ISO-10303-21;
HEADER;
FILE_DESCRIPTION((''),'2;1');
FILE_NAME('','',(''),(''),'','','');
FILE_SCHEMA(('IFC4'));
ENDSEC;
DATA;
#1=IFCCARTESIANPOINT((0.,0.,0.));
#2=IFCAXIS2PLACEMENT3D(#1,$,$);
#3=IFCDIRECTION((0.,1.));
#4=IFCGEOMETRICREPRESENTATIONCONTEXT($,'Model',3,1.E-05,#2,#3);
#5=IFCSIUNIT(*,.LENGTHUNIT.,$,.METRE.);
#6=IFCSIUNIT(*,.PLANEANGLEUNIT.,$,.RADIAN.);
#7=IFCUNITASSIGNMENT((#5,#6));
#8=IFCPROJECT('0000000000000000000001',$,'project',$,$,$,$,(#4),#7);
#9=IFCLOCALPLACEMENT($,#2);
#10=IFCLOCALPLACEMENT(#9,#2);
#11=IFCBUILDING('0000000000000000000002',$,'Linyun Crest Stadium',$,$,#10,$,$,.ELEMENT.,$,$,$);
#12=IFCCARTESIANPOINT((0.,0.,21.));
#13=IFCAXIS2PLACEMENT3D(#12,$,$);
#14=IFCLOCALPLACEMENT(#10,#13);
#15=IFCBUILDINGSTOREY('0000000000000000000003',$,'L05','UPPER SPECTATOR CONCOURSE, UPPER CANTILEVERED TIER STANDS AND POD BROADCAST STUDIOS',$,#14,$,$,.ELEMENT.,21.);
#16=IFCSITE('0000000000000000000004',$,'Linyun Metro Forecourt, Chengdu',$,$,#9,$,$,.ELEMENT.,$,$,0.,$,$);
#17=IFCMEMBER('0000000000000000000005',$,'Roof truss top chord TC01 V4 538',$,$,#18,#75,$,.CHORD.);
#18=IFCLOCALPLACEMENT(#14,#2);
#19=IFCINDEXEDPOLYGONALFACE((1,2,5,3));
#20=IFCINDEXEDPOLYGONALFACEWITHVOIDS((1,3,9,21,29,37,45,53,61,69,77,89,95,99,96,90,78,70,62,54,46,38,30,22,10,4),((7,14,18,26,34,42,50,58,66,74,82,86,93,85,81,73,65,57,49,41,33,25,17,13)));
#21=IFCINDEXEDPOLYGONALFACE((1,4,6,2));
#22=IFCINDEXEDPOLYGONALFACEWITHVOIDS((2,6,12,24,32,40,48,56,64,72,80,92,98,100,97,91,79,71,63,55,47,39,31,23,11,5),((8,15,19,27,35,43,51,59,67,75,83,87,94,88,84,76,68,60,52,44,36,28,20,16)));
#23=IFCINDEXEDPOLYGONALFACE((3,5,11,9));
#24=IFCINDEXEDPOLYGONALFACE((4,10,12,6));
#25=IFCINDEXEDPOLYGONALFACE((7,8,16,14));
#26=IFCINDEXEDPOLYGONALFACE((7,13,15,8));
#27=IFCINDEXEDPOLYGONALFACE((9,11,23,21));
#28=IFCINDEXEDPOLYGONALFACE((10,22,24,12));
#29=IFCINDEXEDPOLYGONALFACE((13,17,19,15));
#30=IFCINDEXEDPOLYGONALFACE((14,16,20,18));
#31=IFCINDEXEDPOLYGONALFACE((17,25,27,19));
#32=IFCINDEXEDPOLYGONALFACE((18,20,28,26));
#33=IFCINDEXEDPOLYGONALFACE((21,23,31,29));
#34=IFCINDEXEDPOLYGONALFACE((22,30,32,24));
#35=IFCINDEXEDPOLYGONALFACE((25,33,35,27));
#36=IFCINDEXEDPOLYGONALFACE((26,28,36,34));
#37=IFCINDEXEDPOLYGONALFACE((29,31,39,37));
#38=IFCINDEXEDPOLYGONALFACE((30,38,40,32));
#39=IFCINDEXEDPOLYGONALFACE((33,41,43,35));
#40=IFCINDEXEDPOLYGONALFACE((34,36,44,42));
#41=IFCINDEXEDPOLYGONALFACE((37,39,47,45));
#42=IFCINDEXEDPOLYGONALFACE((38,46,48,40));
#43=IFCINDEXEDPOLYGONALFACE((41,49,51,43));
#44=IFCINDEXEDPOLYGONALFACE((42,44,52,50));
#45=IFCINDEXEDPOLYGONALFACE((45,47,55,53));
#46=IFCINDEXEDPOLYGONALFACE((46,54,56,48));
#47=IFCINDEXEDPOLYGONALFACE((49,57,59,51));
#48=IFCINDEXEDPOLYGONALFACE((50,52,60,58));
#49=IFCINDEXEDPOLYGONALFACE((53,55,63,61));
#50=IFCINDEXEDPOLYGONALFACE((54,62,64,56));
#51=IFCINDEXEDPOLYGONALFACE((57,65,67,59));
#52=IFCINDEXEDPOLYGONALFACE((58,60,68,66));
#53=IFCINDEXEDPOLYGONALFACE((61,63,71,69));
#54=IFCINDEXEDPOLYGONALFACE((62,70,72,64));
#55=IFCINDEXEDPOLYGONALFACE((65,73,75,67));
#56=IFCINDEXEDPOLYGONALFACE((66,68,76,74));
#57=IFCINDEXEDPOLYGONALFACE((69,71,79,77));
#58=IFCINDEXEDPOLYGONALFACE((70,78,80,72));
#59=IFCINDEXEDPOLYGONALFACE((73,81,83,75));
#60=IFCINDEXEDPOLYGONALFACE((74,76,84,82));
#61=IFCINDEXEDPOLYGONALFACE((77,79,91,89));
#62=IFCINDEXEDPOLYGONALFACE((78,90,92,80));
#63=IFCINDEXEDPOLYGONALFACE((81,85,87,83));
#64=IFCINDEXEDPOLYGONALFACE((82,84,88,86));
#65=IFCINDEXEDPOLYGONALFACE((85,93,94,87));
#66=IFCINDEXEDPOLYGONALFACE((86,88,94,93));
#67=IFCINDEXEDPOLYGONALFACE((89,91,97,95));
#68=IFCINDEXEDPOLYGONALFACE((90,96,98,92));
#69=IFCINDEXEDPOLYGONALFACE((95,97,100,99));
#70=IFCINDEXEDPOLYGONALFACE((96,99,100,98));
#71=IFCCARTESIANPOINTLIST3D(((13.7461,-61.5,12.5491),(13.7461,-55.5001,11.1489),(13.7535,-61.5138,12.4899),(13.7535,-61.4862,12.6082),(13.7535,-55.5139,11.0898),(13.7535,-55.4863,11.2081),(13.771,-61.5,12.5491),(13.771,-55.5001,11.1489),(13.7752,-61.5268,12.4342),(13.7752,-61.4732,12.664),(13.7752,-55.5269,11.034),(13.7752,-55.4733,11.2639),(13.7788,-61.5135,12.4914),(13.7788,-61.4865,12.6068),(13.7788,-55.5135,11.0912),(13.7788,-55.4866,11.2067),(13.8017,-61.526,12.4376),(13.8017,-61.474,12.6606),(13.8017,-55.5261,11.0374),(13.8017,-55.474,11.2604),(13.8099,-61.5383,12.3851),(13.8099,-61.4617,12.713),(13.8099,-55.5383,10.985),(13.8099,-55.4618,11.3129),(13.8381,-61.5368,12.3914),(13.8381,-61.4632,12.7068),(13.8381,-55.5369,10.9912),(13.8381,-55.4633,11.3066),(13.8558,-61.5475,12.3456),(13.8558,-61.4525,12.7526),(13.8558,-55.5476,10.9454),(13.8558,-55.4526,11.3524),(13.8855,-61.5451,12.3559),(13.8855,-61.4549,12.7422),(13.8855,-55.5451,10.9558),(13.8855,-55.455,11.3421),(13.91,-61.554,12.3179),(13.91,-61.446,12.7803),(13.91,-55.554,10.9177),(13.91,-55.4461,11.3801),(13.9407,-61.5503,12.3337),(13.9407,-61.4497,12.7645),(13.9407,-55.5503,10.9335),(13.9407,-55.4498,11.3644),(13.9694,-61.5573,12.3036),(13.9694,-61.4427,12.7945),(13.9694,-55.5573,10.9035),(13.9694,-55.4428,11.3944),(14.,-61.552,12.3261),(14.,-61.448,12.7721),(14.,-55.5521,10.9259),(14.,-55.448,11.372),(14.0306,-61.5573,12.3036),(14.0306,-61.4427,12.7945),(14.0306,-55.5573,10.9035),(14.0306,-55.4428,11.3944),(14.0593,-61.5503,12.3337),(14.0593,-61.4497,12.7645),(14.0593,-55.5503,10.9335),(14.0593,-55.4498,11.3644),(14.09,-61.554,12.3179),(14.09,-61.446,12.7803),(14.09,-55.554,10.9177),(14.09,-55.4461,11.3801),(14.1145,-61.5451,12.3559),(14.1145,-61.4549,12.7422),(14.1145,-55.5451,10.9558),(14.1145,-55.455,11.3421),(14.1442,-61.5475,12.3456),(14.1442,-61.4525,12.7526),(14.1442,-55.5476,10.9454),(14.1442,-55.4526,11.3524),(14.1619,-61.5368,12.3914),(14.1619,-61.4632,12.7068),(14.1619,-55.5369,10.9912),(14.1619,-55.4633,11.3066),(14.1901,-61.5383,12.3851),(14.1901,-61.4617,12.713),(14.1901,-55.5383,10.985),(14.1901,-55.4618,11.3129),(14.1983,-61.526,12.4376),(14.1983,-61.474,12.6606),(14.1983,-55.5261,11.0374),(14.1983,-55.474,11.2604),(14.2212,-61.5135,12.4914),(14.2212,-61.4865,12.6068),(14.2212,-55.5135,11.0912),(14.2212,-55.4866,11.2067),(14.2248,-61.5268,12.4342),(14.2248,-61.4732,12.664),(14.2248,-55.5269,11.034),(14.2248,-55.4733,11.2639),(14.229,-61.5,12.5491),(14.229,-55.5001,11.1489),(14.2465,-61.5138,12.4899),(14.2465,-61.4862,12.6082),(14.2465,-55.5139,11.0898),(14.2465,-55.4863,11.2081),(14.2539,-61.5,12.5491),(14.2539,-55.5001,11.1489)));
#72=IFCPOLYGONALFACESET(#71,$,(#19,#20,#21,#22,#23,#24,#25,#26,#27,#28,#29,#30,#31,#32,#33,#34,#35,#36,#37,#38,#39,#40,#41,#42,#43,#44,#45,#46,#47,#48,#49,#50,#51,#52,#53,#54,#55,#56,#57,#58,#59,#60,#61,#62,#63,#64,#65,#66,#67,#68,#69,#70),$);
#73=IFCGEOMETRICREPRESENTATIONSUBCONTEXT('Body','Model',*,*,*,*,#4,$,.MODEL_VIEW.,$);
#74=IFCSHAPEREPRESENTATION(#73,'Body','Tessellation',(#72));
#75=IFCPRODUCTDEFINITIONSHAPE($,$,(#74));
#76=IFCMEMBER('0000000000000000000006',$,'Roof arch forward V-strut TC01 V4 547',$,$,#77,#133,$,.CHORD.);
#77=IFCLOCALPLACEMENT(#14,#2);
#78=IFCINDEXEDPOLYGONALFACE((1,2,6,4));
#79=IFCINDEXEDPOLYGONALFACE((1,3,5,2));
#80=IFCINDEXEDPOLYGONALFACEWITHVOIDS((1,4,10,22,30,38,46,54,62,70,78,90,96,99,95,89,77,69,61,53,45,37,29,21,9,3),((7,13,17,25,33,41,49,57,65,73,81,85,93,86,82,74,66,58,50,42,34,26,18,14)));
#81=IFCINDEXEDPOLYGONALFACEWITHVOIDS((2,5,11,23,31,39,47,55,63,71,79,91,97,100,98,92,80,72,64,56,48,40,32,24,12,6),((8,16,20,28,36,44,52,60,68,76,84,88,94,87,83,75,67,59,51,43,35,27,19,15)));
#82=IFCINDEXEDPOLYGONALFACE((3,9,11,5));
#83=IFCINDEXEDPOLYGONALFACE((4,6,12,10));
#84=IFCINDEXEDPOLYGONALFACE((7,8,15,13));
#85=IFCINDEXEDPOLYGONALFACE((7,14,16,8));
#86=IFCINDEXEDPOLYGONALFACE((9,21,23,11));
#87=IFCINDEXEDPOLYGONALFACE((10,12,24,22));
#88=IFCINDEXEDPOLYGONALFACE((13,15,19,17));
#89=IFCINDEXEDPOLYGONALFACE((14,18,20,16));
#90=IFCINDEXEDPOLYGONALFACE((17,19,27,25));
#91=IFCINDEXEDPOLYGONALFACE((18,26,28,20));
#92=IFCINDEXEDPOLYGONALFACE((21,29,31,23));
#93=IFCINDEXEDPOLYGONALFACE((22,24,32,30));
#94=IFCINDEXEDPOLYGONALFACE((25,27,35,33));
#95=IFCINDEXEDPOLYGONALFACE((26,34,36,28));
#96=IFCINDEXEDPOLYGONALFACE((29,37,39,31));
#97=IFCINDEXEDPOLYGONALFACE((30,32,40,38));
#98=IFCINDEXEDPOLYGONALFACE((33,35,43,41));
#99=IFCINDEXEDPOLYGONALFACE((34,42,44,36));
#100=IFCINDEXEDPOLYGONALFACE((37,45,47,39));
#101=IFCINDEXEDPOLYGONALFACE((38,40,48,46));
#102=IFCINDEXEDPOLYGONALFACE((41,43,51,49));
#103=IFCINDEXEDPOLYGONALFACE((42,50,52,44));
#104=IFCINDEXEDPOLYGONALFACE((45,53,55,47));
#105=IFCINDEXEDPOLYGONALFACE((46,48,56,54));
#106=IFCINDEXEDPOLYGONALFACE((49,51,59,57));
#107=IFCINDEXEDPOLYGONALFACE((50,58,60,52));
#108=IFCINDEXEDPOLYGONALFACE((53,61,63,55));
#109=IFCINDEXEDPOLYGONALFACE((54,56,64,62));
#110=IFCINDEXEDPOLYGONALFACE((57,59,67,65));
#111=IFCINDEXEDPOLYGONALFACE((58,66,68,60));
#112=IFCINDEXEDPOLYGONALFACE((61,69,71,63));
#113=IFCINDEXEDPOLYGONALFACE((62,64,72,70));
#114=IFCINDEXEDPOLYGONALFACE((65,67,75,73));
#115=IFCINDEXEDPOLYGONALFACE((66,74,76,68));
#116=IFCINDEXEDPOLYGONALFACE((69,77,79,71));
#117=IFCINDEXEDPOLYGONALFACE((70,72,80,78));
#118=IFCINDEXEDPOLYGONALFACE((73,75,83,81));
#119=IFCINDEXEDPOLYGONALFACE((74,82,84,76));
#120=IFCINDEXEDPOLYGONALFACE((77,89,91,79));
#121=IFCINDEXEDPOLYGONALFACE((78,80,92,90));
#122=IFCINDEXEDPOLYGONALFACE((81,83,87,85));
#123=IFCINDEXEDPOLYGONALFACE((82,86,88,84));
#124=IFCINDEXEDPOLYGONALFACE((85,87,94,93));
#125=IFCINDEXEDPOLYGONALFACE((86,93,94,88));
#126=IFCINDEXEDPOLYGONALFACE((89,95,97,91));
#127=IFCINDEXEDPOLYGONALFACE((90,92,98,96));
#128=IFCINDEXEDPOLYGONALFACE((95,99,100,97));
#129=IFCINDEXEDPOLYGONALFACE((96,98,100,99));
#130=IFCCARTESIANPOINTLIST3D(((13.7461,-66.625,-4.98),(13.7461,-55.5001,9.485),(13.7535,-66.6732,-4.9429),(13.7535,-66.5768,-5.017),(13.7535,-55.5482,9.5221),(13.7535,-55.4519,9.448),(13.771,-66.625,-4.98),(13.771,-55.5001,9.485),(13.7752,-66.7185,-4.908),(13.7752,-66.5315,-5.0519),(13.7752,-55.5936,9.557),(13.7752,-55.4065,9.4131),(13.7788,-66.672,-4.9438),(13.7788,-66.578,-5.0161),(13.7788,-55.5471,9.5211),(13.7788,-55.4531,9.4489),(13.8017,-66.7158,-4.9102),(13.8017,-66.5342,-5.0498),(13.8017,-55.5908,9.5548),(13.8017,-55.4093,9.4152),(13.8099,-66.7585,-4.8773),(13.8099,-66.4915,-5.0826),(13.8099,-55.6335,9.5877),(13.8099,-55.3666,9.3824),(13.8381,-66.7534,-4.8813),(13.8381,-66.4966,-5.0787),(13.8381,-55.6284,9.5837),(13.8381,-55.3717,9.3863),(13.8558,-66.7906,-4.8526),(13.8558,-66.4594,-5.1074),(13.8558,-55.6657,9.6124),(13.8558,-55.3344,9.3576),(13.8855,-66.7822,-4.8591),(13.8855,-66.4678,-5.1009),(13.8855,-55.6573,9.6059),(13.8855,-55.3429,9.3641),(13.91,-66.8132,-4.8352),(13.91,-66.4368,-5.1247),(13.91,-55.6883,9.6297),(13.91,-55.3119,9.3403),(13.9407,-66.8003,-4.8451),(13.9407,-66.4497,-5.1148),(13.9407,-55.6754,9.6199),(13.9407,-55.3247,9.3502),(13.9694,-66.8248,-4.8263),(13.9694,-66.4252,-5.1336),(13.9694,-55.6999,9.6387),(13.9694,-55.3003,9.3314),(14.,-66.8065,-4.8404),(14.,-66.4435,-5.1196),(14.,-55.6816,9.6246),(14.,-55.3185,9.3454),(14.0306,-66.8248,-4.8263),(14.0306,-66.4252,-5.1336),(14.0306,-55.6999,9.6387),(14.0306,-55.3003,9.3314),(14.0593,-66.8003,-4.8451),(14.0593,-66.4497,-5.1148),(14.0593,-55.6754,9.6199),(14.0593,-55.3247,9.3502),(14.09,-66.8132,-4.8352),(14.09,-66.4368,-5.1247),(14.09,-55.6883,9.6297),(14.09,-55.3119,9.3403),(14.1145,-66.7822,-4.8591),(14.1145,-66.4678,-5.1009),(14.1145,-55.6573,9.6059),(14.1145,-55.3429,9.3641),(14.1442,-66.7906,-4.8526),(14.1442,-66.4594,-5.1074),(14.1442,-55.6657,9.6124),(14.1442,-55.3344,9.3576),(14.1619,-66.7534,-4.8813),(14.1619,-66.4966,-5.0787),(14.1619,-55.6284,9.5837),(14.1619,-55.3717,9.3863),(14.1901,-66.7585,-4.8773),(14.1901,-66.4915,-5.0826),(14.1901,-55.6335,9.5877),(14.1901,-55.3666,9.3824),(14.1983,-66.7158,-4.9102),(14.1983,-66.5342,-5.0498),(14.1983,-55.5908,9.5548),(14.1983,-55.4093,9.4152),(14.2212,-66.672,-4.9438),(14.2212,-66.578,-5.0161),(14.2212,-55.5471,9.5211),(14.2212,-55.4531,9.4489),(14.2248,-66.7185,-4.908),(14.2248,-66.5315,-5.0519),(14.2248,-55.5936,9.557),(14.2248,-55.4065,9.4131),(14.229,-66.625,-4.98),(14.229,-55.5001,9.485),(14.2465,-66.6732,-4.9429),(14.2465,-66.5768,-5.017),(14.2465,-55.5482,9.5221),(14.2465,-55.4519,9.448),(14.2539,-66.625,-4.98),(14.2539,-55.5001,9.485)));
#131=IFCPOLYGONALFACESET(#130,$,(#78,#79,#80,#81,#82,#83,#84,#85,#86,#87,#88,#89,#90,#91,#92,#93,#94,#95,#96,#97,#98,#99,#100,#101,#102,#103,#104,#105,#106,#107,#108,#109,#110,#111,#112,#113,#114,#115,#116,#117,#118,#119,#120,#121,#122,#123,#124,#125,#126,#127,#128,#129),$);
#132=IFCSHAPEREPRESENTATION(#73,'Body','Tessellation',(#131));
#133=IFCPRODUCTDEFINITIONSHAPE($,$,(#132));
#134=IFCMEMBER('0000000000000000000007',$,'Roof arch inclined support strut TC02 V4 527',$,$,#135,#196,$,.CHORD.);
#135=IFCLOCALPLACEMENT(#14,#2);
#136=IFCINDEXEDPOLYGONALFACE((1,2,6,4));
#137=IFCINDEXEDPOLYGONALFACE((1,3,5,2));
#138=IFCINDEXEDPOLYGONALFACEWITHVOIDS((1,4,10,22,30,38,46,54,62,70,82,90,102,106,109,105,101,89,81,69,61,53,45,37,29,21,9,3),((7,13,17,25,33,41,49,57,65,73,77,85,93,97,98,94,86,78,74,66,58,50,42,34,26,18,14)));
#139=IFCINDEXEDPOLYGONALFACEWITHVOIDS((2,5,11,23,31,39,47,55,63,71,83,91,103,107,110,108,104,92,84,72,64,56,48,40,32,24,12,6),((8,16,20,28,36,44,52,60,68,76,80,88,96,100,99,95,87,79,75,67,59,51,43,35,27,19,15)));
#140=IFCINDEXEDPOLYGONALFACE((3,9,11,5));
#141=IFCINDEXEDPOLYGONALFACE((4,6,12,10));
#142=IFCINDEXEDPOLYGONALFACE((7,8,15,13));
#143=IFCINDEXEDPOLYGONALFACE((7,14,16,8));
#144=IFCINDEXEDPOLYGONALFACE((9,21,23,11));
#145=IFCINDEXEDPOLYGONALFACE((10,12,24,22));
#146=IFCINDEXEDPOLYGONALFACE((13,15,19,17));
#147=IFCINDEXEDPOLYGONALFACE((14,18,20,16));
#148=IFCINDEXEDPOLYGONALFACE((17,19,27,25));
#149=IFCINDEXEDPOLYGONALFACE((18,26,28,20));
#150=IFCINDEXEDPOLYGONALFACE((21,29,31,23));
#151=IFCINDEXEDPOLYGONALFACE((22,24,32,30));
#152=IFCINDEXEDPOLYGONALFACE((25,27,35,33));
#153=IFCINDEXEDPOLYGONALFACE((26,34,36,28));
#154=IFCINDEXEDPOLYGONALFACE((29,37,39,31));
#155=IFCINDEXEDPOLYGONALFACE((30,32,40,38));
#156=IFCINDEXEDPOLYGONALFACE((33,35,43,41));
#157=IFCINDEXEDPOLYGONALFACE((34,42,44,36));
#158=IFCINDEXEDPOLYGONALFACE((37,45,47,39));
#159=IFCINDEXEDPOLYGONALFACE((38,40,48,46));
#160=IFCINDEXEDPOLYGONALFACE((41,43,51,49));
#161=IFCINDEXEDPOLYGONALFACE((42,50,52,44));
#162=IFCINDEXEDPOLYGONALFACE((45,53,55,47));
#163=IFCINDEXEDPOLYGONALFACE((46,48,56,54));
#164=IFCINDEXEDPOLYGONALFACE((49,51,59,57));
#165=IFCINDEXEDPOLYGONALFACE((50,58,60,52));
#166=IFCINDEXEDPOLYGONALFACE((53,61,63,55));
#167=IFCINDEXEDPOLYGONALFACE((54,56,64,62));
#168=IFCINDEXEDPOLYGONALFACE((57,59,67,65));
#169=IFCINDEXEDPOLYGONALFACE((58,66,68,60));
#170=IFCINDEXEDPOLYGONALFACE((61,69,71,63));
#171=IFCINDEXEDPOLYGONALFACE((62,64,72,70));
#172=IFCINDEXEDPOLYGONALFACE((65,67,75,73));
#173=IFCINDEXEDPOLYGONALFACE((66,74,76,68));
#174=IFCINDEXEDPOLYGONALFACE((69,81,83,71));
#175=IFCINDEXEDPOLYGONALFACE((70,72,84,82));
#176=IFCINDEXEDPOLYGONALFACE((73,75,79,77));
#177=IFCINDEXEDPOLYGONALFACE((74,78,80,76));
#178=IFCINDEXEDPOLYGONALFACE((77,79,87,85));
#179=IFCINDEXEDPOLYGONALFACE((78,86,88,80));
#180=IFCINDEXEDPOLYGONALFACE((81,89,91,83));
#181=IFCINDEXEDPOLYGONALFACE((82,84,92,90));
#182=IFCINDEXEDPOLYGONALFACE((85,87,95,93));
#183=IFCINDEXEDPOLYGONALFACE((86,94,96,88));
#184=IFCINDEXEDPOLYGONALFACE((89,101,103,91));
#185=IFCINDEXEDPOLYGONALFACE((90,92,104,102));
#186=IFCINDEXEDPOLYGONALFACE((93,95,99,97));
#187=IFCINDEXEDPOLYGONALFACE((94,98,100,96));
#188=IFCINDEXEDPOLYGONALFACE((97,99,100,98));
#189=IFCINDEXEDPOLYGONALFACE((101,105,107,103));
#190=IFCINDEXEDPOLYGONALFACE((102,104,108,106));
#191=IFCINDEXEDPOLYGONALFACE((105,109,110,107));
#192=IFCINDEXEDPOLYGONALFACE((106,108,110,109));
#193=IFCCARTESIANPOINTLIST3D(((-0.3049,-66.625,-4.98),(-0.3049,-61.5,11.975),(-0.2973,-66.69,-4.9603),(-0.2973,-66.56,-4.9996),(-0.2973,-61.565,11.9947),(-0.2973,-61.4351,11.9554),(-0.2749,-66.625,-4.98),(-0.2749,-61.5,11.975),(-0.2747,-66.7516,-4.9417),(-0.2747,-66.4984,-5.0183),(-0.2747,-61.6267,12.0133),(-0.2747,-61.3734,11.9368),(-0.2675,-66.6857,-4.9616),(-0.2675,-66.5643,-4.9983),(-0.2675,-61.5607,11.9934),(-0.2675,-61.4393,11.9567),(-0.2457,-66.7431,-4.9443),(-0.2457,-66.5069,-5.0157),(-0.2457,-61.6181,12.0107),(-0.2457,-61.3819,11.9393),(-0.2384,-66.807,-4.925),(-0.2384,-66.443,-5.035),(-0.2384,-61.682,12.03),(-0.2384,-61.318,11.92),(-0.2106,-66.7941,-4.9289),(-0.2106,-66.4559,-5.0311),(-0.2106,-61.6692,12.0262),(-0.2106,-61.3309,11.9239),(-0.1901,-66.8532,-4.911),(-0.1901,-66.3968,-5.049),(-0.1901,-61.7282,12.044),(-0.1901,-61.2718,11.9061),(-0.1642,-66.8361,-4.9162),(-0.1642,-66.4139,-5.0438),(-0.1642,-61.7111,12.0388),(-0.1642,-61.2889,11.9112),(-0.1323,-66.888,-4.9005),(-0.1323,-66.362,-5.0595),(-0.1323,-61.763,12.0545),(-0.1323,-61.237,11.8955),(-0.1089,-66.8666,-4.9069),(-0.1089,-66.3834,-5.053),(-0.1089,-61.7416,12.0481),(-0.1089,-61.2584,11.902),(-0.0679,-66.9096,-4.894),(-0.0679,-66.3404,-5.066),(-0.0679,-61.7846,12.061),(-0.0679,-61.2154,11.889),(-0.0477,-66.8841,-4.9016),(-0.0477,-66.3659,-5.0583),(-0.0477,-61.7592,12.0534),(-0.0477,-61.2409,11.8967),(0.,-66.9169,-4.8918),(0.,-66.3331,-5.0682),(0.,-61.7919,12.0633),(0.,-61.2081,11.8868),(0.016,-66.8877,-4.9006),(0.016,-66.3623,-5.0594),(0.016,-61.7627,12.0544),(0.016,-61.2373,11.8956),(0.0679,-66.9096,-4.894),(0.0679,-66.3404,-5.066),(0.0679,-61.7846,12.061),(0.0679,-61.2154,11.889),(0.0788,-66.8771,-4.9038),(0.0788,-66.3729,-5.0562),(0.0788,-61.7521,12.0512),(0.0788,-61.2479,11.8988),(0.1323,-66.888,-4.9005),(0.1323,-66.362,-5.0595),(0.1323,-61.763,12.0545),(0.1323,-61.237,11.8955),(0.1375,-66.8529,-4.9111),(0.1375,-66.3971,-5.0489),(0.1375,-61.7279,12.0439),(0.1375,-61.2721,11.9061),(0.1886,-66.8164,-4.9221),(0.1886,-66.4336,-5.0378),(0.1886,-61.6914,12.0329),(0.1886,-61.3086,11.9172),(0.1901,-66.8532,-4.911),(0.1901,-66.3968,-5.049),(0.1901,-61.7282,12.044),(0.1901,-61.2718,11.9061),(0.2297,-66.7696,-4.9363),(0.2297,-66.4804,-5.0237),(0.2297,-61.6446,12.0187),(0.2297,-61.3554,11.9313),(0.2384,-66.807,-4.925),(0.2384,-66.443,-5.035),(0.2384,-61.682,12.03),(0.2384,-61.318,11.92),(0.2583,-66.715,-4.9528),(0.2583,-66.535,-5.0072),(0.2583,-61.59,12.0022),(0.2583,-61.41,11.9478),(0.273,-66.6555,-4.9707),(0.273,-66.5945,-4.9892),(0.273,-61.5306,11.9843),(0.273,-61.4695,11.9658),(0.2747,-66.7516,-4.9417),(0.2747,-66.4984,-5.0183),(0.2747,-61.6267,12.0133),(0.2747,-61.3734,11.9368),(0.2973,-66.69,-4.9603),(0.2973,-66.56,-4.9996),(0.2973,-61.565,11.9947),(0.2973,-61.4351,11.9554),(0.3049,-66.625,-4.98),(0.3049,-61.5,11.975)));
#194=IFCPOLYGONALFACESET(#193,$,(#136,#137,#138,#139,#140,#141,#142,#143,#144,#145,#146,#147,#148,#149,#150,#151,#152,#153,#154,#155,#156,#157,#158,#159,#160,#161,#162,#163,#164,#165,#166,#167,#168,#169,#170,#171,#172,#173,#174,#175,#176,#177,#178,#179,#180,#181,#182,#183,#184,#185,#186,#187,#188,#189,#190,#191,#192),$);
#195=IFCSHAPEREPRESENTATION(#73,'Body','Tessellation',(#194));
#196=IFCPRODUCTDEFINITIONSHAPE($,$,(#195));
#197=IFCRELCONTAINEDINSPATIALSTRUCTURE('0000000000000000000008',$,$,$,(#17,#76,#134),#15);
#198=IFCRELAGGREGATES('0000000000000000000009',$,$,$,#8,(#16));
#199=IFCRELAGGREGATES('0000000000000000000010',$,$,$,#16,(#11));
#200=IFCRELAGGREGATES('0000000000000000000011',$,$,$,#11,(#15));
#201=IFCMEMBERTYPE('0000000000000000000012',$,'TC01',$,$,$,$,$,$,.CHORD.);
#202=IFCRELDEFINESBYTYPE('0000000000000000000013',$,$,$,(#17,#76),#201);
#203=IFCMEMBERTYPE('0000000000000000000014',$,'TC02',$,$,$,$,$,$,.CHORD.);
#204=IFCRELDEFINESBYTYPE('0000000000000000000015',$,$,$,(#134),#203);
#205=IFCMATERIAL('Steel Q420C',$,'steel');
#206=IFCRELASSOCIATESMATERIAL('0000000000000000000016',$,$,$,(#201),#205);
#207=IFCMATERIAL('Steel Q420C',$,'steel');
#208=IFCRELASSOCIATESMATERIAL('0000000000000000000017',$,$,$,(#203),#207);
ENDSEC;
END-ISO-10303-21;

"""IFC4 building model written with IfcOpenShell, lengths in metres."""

from ifc_helpers import new_model, si_unit, direction, frame, origin, origin_2d, place, context, subcontext, project, spatial, hollow_circle, extrude, material, material_profile, profile_set, type_object, element, save


model = new_model("IFC4")

# Units and contexts
model_context = context("Model", 3, precision=1e-05, world=origin(), true_north=direction((0.0, 1.0)))
body_context = subcontext(model_context, "Body", "Model", "MODEL_VIEW")
ifc_project = project(units=[si_unit("LENGTHUNIT", "METRE"), si_unit("PLANEANGLEUNIT", "RADIAN")], contexts=[model_context])

# Site, building, storey
site_placement = place(None, origin())
site = spatial("IfcSite", under=ifc_project, at=site_placement, Name="Linyun Metro Forecourt, Chengdu", CompositionType="ELEMENT", RefElevation=0.0)
building_placement = place(site_placement, origin())
building = spatial("IfcBuilding", under=site, at=building_placement, Name="Linyun Crest Stadium", CompositionType="ELEMENT")
storey_placement = place(building_placement, frame((0.0, 0.0, 21.0)))
storey = spatial("IfcBuildingStorey", under=building, at=storey_placement, Name="L05", Description="UPPER SPECTATOR CONCOURSE, UPPER CANTILEVERED TIER STANDS AND POD BROADCAST STUDIOS", CompositionType="ELEMENT", Elevation=21.0)

# Members
ifc_material_1 = material(Name="Steel Q420C", Category="steel")
ifc_material_profile_1 = material_profile(ifc_material_1, hollow_circle(Radius=0.2539, WallThickness=0.0249, at=origin_2d()), Name="CHS 508x25")
ifc_profile_set_1 = profile_set([ifc_material_profile_1], Name="Steel Q420C")
member_type_1 = type_object("IfcMemberType", Name="TC01", PredefinedType="CHORD", material=ifc_profile_set_1)
member_1_placement = place(storey_placement, frame((14.0, -61.5, 12.5491), z_axis=(0.0, 0.973836, -0.227252), x_axis=(-1.0, 0.0, 0.0)))
element("IfcMember", 1, at=member_1_placement, inside=storey, type_object=member_type_1, Name="Roof truss top chord TC01 V4 538", PredefinedType="CHORD", context=body_context, shape_type="SweptSolid", body=[
    extrude(hollow_circle(Radius=0.2539, WallThickness=0.0249, at=origin_2d()), origin(), (0.0, 0.0, 1.0), 6.1611),
])
member_2_placement = place(storey_placement, frame((14.0, -66.625, -4.98), z_axis=(0.0, 0.609642, 0.792677), x_axis=(-1.0, 0.0, 0.0)))
element("IfcMember", 2, at=member_2_placement, inside=storey, type_object=member_type_1, Name="Roof arch forward V-strut TC01 V4 547", PredefinedType="CHORD", context=body_context, shape_type="SweptSolid", body=[
    extrude(hollow_circle(Radius=0.2539, WallThickness=0.0249, at=origin_2d()), origin(), (0.0, 0.0, 1.0), 18.2483),
])
ifc_material_2 = material(Name="Steel Q420C", Category="steel")
ifc_material_profile_2 = material_profile(ifc_material_2, hollow_circle(Radius=0.3049, WallThickness=0.03, at=origin_2d()), Name="CHS 610x30")
ifc_profile_set_2 = profile_set([ifc_material_profile_2], Name="Steel Q420C")
member_type_2 = type_object("IfcMemberType", Name="TC02", PredefinedType="CHORD", material=ifc_profile_set_2)
member_3_placement = place(storey_placement, frame((0.0, -66.625, -4.98), z_axis=(0.0, 0.28934, 0.957226), x_axis=(-1.0, 0.0, 0.0)))
element("IfcMember", 3, at=member_3_placement, inside=storey, type_object=member_type_2, Name="Roof arch inclined support strut TC02 V4 527", PredefinedType="CHORD", context=body_context, shape_type="SweptSolid", body=[
    extrude(hollow_circle(Radius=0.3049, WallThickness=0.03, at=origin_2d()), origin(), (0.0, 0.0, 1.0), 17.7126),
])

save(model, "model.ifc")
